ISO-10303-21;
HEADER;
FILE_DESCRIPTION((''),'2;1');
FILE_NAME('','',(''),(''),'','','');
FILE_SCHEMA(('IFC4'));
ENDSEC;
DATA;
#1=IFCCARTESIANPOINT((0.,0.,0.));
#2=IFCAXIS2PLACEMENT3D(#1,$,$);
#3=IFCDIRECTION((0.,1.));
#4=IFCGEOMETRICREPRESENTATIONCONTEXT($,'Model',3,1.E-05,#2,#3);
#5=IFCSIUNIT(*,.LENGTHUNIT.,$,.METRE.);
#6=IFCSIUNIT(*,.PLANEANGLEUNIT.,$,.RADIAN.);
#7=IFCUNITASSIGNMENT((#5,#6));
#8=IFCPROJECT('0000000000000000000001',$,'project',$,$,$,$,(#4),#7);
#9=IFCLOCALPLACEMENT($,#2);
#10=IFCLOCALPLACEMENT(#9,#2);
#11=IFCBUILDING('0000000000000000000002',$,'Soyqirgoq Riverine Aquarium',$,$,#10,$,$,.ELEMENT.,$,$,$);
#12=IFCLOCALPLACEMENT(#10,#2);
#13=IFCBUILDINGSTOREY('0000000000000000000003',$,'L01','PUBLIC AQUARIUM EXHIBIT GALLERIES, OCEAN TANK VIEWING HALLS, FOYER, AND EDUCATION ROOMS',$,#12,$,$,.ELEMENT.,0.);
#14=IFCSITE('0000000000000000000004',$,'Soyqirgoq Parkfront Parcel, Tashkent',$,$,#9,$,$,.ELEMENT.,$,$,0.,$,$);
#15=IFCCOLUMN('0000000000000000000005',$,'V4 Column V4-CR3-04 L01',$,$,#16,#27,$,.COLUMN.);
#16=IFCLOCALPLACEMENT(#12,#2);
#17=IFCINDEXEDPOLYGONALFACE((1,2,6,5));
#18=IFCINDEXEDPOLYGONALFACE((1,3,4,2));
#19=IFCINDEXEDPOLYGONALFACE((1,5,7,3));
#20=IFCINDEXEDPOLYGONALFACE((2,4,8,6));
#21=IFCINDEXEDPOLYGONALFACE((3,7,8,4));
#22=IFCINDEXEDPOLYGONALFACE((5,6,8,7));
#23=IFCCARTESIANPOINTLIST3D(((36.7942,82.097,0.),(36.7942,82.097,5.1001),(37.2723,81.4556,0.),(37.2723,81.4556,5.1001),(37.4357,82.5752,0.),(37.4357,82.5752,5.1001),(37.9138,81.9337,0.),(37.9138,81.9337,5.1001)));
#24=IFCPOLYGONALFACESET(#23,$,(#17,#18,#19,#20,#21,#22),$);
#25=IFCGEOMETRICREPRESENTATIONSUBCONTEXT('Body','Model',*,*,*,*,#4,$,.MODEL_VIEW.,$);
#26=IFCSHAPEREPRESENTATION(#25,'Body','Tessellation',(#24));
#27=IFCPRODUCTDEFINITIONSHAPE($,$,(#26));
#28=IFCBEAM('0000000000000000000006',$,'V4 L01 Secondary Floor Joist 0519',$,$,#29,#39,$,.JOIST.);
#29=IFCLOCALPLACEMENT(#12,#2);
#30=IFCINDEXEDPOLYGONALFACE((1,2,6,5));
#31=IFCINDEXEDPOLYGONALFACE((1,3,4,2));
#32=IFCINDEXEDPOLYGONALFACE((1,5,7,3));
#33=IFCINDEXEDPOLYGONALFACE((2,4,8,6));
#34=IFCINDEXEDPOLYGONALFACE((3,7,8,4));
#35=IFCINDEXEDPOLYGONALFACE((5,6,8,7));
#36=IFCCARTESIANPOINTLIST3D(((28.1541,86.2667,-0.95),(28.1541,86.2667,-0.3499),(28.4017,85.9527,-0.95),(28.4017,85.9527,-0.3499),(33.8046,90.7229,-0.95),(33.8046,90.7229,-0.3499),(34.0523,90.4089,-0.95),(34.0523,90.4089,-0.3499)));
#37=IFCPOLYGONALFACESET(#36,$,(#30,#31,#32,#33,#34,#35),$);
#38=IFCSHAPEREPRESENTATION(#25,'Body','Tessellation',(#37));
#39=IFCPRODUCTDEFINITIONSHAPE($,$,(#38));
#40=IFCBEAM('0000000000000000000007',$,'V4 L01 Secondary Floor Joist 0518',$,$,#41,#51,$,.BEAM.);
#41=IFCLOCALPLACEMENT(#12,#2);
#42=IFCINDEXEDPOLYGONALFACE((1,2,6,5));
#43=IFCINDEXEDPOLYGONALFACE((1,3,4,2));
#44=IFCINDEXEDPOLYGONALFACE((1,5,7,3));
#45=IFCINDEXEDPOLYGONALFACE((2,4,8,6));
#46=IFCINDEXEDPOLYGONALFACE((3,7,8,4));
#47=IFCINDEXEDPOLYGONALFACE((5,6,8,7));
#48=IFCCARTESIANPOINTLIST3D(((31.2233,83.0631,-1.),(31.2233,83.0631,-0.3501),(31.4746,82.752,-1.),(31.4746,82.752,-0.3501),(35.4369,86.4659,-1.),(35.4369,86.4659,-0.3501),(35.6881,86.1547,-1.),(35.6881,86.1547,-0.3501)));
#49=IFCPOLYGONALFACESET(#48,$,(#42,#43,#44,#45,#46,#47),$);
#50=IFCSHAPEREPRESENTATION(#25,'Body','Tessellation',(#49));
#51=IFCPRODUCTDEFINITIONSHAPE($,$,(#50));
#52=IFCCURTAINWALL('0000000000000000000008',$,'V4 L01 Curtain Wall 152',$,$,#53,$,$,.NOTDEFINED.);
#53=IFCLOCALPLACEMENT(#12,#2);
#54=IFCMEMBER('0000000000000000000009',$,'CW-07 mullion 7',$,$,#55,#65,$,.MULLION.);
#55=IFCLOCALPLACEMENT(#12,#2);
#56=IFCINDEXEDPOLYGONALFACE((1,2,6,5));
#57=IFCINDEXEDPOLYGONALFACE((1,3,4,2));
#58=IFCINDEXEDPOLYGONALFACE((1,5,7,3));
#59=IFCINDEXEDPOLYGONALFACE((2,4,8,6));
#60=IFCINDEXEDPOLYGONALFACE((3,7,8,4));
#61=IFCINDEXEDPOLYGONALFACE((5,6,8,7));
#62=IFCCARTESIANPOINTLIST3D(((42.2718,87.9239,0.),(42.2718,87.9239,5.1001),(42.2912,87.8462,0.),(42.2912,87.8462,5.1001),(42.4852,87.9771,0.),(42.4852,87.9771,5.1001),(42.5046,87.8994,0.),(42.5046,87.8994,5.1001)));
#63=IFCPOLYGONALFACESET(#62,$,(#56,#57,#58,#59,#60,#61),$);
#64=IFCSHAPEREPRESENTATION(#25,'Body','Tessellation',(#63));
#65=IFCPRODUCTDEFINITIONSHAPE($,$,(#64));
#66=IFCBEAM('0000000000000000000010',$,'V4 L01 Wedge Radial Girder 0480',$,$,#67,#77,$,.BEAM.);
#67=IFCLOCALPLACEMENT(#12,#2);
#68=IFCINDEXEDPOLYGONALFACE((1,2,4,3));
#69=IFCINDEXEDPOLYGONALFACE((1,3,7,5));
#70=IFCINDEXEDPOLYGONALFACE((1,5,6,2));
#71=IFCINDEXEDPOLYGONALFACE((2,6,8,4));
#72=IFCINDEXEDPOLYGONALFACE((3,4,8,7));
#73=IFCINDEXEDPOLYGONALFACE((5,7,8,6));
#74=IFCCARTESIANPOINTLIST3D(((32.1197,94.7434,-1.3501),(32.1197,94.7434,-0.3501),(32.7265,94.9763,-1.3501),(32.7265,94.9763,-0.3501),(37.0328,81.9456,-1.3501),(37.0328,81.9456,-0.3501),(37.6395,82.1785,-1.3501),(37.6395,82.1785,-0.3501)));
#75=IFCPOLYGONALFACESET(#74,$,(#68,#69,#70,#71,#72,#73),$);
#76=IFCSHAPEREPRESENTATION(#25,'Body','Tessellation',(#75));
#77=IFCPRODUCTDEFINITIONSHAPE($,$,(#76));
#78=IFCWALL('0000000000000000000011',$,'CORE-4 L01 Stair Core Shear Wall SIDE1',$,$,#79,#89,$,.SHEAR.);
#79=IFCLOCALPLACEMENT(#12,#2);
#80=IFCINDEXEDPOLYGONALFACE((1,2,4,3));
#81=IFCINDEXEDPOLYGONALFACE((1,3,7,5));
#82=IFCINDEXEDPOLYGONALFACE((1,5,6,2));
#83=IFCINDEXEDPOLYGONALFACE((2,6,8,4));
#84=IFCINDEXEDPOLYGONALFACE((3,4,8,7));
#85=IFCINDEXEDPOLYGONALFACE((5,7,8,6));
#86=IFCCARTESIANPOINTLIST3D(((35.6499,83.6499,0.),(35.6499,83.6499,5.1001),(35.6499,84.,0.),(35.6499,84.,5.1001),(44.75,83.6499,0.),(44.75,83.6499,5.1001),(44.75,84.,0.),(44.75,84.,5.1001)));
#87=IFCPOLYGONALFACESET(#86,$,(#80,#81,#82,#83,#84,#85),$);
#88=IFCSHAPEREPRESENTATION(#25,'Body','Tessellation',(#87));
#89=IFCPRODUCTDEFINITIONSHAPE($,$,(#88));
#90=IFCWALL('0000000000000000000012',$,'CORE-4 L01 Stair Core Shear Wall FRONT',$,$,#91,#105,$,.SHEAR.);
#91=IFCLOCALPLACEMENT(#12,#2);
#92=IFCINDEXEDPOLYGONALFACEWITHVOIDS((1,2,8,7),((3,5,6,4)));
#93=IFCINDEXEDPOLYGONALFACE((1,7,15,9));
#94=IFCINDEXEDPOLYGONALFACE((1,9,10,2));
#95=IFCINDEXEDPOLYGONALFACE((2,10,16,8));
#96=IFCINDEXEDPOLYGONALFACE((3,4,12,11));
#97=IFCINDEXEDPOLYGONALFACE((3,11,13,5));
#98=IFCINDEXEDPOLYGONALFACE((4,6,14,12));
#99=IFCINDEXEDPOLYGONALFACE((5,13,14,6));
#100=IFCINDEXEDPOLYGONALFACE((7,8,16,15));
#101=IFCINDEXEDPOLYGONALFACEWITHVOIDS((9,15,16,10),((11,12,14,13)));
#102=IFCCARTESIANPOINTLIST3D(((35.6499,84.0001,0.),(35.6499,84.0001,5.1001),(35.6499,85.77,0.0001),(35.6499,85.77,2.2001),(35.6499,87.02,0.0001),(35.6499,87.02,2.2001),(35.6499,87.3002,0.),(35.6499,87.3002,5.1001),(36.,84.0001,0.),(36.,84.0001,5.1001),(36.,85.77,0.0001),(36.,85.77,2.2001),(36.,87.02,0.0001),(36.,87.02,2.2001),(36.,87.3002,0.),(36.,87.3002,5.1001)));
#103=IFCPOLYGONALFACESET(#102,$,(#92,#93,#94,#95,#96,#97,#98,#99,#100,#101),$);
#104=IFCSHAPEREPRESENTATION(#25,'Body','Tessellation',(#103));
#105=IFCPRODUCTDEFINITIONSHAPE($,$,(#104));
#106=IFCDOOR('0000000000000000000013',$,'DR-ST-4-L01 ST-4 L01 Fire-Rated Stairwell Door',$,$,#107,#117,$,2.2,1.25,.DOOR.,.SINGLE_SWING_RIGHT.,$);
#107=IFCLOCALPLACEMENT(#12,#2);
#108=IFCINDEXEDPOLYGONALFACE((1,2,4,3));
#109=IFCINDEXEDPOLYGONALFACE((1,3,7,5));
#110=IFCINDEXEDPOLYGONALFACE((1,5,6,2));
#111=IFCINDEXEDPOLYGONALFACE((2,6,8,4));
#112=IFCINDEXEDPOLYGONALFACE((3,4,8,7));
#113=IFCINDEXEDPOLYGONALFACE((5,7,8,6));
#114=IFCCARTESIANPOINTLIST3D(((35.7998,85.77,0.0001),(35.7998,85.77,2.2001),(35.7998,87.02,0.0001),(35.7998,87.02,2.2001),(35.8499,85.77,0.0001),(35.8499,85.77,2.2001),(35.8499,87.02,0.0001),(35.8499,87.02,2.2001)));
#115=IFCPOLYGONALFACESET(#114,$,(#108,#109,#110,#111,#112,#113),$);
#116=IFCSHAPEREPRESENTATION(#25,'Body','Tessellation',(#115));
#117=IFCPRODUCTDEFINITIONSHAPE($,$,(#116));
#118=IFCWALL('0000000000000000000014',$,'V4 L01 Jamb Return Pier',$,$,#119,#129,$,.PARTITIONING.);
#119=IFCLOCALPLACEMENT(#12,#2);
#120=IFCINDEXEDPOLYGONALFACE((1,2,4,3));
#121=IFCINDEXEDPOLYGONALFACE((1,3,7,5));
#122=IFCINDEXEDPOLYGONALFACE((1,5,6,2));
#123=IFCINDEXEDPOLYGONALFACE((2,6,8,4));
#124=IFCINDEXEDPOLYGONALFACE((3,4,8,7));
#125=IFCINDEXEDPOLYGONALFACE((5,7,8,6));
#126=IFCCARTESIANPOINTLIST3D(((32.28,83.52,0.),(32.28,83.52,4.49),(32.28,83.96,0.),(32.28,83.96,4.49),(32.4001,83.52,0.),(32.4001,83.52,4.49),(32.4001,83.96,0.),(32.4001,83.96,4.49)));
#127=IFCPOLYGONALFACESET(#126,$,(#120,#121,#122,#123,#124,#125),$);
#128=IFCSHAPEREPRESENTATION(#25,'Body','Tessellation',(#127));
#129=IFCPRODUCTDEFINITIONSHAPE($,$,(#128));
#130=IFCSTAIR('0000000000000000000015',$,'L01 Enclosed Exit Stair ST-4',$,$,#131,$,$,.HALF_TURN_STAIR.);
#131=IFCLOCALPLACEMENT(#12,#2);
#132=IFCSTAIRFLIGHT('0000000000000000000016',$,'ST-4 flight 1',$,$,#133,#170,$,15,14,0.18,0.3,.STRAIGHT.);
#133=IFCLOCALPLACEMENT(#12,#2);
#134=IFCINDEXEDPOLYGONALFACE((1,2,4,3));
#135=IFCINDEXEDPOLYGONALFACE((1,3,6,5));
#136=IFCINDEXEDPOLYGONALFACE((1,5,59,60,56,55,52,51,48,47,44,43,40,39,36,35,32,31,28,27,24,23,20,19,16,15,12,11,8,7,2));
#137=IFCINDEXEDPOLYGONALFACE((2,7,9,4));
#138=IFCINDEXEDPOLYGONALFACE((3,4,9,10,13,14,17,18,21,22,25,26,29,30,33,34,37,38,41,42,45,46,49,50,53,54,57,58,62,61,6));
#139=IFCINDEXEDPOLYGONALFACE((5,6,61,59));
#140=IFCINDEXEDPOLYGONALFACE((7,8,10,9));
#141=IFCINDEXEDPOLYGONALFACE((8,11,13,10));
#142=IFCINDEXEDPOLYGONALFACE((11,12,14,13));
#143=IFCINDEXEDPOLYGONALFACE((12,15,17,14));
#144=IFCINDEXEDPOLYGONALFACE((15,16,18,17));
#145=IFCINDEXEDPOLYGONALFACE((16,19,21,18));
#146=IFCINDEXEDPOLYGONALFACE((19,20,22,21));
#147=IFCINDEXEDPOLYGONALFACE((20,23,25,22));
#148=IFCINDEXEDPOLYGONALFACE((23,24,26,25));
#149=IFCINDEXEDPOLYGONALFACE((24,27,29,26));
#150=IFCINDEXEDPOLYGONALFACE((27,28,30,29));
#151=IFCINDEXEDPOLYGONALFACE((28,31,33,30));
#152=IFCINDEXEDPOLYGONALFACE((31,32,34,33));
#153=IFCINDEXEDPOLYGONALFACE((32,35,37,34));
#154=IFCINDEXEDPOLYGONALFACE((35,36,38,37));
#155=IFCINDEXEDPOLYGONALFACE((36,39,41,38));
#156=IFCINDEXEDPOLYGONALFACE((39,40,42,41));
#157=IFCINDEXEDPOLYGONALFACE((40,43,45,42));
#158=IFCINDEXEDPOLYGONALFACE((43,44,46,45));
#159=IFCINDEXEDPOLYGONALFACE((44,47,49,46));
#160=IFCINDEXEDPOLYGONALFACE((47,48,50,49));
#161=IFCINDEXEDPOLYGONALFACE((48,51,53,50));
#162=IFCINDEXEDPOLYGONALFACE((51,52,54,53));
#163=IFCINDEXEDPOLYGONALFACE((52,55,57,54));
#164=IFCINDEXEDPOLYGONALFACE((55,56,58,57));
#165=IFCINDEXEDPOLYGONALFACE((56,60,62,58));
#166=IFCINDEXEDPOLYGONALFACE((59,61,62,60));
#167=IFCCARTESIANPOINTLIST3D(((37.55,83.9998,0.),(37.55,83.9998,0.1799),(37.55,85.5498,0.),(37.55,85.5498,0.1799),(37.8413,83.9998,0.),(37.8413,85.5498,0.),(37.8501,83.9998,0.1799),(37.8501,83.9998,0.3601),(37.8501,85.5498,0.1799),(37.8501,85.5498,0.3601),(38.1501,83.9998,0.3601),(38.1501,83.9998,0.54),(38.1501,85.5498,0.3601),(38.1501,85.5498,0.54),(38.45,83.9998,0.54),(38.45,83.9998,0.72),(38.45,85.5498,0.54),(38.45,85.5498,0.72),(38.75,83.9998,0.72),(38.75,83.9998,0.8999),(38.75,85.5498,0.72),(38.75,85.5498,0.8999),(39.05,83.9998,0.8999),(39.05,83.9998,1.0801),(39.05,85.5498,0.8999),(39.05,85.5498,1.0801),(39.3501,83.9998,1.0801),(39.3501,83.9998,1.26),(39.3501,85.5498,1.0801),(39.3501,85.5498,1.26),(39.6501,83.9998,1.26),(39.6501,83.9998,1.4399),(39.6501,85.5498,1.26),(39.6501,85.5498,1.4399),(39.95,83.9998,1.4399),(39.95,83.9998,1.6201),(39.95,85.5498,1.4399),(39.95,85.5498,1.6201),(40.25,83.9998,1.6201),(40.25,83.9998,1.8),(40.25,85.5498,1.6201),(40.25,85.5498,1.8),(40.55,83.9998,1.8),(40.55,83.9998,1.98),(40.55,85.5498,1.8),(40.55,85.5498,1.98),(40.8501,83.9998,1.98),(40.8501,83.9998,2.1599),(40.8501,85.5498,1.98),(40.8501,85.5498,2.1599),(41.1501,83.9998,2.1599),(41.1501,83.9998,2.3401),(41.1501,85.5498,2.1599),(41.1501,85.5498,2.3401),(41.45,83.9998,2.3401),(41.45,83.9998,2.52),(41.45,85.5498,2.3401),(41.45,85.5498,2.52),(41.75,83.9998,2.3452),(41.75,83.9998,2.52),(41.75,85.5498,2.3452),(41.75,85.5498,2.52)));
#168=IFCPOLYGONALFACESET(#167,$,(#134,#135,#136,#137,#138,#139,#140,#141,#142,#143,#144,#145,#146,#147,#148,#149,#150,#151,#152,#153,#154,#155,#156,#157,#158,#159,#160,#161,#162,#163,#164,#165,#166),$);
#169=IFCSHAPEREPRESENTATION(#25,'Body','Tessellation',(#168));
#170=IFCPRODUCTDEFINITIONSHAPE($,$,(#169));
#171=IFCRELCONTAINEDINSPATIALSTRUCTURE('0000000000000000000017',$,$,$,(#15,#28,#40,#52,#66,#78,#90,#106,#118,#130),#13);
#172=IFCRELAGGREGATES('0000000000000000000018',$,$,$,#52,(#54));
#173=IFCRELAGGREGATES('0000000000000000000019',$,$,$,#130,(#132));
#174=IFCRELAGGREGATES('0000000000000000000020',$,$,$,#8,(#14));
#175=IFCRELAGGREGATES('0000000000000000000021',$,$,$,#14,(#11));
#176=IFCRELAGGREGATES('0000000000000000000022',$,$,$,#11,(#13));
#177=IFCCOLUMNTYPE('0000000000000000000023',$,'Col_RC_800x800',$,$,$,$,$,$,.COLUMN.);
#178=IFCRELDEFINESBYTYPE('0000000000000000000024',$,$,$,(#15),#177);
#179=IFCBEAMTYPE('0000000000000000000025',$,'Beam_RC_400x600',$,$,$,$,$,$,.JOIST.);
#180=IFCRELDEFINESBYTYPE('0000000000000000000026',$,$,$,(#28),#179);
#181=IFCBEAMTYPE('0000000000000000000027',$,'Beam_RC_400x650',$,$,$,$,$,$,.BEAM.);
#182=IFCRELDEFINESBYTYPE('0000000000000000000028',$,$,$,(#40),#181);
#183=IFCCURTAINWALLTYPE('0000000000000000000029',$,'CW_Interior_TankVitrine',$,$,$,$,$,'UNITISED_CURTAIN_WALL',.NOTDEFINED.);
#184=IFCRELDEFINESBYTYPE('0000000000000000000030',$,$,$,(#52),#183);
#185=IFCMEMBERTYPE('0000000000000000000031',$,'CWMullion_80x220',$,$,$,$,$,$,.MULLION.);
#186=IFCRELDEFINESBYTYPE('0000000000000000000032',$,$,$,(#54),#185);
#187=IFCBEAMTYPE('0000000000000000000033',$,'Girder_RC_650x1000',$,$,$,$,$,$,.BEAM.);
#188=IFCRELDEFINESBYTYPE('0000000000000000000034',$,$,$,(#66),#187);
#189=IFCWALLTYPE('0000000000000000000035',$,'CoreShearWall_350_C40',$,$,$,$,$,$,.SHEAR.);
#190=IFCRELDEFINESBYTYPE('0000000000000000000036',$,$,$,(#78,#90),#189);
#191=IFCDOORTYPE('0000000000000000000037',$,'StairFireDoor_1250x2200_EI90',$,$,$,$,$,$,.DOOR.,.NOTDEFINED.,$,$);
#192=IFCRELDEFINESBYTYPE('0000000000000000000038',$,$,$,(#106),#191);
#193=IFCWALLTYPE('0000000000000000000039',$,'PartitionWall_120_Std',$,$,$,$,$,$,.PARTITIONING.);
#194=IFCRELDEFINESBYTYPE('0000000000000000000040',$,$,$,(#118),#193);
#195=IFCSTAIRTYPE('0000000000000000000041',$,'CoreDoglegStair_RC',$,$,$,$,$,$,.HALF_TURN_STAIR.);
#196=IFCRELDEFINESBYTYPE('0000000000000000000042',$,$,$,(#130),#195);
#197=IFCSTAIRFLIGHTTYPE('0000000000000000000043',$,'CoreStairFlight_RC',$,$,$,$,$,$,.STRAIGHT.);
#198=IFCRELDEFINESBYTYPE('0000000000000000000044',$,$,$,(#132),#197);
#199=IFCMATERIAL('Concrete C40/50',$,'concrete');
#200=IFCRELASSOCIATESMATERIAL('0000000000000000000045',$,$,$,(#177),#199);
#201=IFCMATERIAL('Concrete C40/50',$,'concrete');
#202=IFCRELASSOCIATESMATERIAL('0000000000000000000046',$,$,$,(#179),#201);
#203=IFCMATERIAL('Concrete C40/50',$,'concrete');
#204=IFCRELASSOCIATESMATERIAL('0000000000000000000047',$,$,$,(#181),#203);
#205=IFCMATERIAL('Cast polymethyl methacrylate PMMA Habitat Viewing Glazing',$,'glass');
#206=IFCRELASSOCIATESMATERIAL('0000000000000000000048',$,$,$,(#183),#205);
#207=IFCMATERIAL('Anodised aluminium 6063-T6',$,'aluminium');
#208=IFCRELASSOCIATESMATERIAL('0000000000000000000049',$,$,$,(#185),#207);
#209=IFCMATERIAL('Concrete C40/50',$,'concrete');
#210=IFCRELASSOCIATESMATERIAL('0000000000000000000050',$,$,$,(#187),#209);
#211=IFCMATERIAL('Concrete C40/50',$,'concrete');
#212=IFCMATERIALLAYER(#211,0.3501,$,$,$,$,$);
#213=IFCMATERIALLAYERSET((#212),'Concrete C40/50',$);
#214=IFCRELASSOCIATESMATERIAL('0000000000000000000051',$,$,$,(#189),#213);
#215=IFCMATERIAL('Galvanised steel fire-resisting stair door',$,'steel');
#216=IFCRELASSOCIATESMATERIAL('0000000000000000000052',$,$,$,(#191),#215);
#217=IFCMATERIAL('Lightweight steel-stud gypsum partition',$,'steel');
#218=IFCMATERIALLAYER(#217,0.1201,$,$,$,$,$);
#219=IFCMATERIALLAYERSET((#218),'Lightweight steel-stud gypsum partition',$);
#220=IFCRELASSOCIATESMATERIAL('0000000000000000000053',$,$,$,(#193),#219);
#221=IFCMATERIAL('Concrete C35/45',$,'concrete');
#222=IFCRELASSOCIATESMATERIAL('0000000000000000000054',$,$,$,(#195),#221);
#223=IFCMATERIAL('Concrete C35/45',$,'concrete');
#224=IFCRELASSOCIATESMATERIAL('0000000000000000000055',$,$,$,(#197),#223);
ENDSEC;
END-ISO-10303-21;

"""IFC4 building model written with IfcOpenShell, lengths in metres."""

from ifc_helpers import new_model, si_unit, direction, frame, frame_2d, origin, origin_2d, place, context, subcontext, project, spatial, polyline, rectangle, outline, extrude, material, layer, layer_set, material_profile, profile_set, type_object, element, fill, aggregate, save


model = new_model("IFC4")

# Units and contexts
model_context = context("Model", 3, precision=1e-05, world=origin(), true_north=direction((0.0, 1.0)))
body_context = subcontext(model_context, "Body", "Model", "MODEL_VIEW")
ifc_project = project(units=[si_unit("LENGTHUNIT", "METRE"), si_unit("PLANEANGLEUNIT", "RADIAN")], contexts=[model_context])

# Site, building, storey
site_placement = place(None, origin())
site = spatial("IfcSite", under=ifc_project, at=site_placement, Name="Soyqirgoq Parkfront Parcel, Tashkent", CompositionType="ELEMENT", RefElevation=0.0)
building_placement = place(site_placement, origin())
building = spatial("IfcBuilding", under=site, at=building_placement, Name="Soyqirgoq Riverine Aquarium", CompositionType="ELEMENT")
storey_placement = place(building_placement, origin())
storey = spatial("IfcBuildingStorey", under=building, at=storey_placement, Name="L01", Description="PUBLIC AQUARIUM EXHIBIT GALLERIES, OCEAN TANK VIEWING HALLS, FOYER, AND EDUCATION ROOMS", CompositionType="ELEMENT", Elevation=0.0)

# Column
ifc_material_1 = material(Name="Concrete C40/50", Category="concrete")
ifc_material_profile_1 = material_profile(ifc_material_1, rectangle(XDim=0.8, YDim=0.8, at=origin_2d()), Name="RC 800x800")
ifc_profile_set_1 = profile_set([ifc_material_profile_1], Name="Concrete C40/50")
column_type = type_object("IfcColumnType", Name="Col_RC_800x800", PredefinedType="COLUMN", material=ifc_profile_set_1)
column_placement = place(storey_placement, frame((37.354, 82.0154, 0.0), z_axis=(0.0, 0.0, 1.0), x_axis=(-0.597625, 0.801776, 0.0)))
element("IfcColumn", 1, at=column_placement, inside=storey, type_object=column_type, Name="V4 Column V4-CR3-04 L01", PredefinedType="COLUMN", context=body_context, shape_type="SweptSolid", body=[
    extrude(rectangle(XDim=0.8, YDim=0.8, at=origin_2d()), origin(), (0.0, 0.0, 1.0), 5.1001),
])

# Beams
ifc_material_2 = material(Name="Concrete C40/50", Category="concrete")
ifc_material_profile_2 = material_profile(ifc_material_2, rectangle(XDim=0.3999, YDim=0.6001, at=origin_2d()), Name="RC 400x600")
ifc_profile_set_2 = profile_set([ifc_material_profile_2], Name="Concrete C40/50")
beam_type_1 = type_object("IfcBeamType", Name="Beam_RC_400x600", PredefinedType="JOIST", material=ifc_profile_set_2)
beam_1_placement = place(storey_placement, frame((33.9285, 90.5659, -0.6499), z_axis=(-0.785202, -0.619239, 0.0), x_axis=(0.619239, -0.785202, 0.0)))
element("IfcBeam", 2, at=beam_1_placement, inside=storey, type_object=beam_type_1, Name="V4 L01 Secondary Floor Joist 0519", PredefinedType="JOIST", context=body_context, shape_type="SweptSolid", body=[
    extrude(rectangle(XDim=0.3999, YDim=0.6001, at=origin_2d()), origin(), (0.0, 0.0, 1.0), 7.1963),
])
ifc_material_3 = material(Name="Concrete C40/50", Category="concrete")
ifc_material_profile_3 = material_profile(ifc_material_3, rectangle(XDim=0.3999, YDim=0.6499, at=origin_2d()), Name="RC 400x650")
ifc_profile_set_3 = profile_set([ifc_material_profile_3], Name="Concrete C40/50")
beam_type_2 = type_object("IfcBeamType", Name="Beam_RC_400x650", PredefinedType="BEAM", material=ifc_profile_set_3)
beam_2_placement = place(storey_placement, frame((35.5625, 86.3103, -0.675), z_axis=(-0.777984, -0.628284, 0.0), x_axis=(0.628284, -0.777984, 0.0)))
element("IfcBeam", 3, at=beam_2_placement, inside=storey, type_object=beam_type_2, Name="V4 L01 Secondary Floor Joist 0518", PredefinedType="BEAM", context=body_context, shape_type="SweptSolid", body=[
    extrude(rectangle(XDim=0.3999, YDim=0.6499, at=origin_2d()), origin(), (0.0, 0.0, 1.0), 5.416),
])

# Curtain wall, member
ifc_material_4 = material(Name="Cast polymethyl methacrylate PMMA Habitat Viewing Glazing", Category="glass")
curtain_wall_type = type_object("IfcCurtainWallType", Name="CW_Interior_TankVitrine", ElementType="UNITISED_CURTAIN_WALL", PredefinedType="NOTDEFINED", material=ifc_material_4)
curtain_wall_placement = place(storey_placement, origin())
curtain_wall = element("IfcCurtainWall", 4, at=curtain_wall_placement, inside=storey, type_object=curtain_wall_type, Name="V4 L01 Curtain Wall 152", PredefinedType="NOTDEFINED")
ifc_material_5 = material(Name="Anodised aluminium 6063-T6", Category="aluminium")
ifc_material_profile_4 = material_profile(ifc_material_5, rectangle(XDim=0.0801, YDim=0.22, at=origin_2d()), Name="ALU-M 80x220")
ifc_profile_set_4 = profile_set([ifc_material_profile_4], Name="Anodised aluminium 6063-T6")
member_type = type_object("IfcMemberType", Name="CWMullion_80x220", PredefinedType="MULLION", material=ifc_profile_set_4)
member_placement = place(storey_placement, frame((42.3882, 87.9116, 0.0), z_axis=(0.0, 0.0, 1.0), x_axis=(0.241926, -0.970295, 0.0)))
member = element("IfcMember", 5, at=member_placement, type_object=member_type, Name="CW-07 mullion 7", PredefinedType="MULLION", context=body_context, shape_type="SweptSolid", body=[
    extrude(rectangle(XDim=0.0801, YDim=0.22, at=origin_2d()), origin(), (0.0, 0.0, 1.0), 5.1001),
])
aggregate(curtain_wall, [member])

# Beam
ifc_material_6 = material(Name="Concrete C40/50", Category="concrete")
ifc_material_profile_5 = material_profile(ifc_material_6, rectangle(XDim=0.6499, YDim=1.0, at=origin_2d()), Name="RC 650x1000")
ifc_profile_set_5 = profile_set([ifc_material_profile_5], Name="Concrete C40/50")
beam_type_3 = type_object("IfcBeamType", Name="Girder_RC_650x1000", PredefinedType="BEAM", material=ifc_profile_set_5)
beam_3_placement = place(storey_placement, frame((37.3362, 82.062, -0.8501), z_axis=(-0.358397, 0.933569, 0.0), x_axis=(-0.933569, -0.358397, 0.0)))
element("IfcBeam", 6, at=beam_3_placement, inside=storey, type_object=beam_type_3, Name="V4 L01 Wedge Radial Girder 0480", PredefinedType="BEAM", context=body_context, shape_type="SweptSolid", body=[
    extrude(rectangle(XDim=0.6499, YDim=1.0, at=origin_2d()), origin(), (0.0, 0.0, 1.0), 13.7085),
])

# Wall
ifc_material_7 = material(Name="Concrete C40/50", Category="concrete")
ifc_layer_1 = layer(ifc_material_7, 0.3501)
ifc_layer_set_1 = layer_set([ifc_layer_1], Name="Concrete C40/50")
wall_type_1 = type_object("IfcWallType", Name="CoreShearWall_350_C40", PredefinedType="SHEAR", material=ifc_layer_set_1)
wall_1_placement = place(storey_placement, frame((35.6499, 83.825, 0.0), z_axis=(0.0, 0.0, 1.0), x_axis=(1.0, 0.0, 0.0)))
element("IfcWall", 7, at=wall_1_placement, inside=storey, type_object=wall_type_1, Name="CORE-4 L01 Stair Core Shear Wall SIDE1", PredefinedType="SHEAR", context=body_context, shape_type="SweptSolid", body=[
    extrude(rectangle(XDim=9.1001, YDim=0.3501, at=frame_2d((4.55, 0.0))), origin(), (0.0, 0.0, 1.0), 5.1001),
])

# Wall, opening, door
wall_2_placement = place(storey_placement, frame((35.825, 87.3, 0.0), z_axis=(0.0, 0.0, 1.0), x_axis=(0.0, -1.0, 0.0)))
wall_2 = element("IfcWall", 8, at=wall_2_placement, inside=storey, type_object=wall_type_1, Name="CORE-4 L01 Stair Core Shear Wall FRONT", PredefinedType="SHEAR", context=body_context, shape_type="SweptSolid", body=[
    extrude(rectangle(XDim=3.3, YDim=0.3501, at=frame_2d((1.6499, 0.0))), origin(), (0.0, 0.0, 1.0), 5.1001),
])
opening_1_placement = place(wall_2_placement, frame((0.28, 0.0, 0.0)))
opening_1 = element("IfcOpeningElement", 9, at=opening_1_placement, cuts=wall_2, PredefinedType="OPENING", context=body_context, shape_type="SweptSolid", body=[
    extrude(rectangle(XDim=1.25, YDim=2.2, at=frame_2d((0.625, 1.1001))), frame((0.0, 0.1851, 0.0), z_axis=(0.0, -1.0, 0.0), x_axis=(1.0, 0.0, 0.0)), (0.0, 0.0, 1.0), 0.3701),
])
ifc_material_8 = material(Name="Galvanised steel fire-resisting stair door", Category="steel")
door_type_1 = type_object("IfcDoorType", Name="StairFireDoor_1250x2200_EI90", OperationType="NOTDEFINED", PredefinedType="DOOR", material=ifc_material_8)
door_1_placement = place(opening_1_placement, origin())
door_1 = element("IfcDoor", 10, at=door_1_placement, inside=storey, type_object=door_type_1, Name="DR-ST-4-L01 ST-4 L01 Fire-Rated Stairwell Door", OperationType="SINGLE_SWING_RIGHT", OverallHeight=2.2, OverallWidth=1.25, PredefinedType="DOOR", context=body_context, shape_type="SweptSolid", body=[
    extrude(rectangle(XDim=1.25, YDim=2.2, at=frame_2d((0.625, 1.1001))), frame((0.0, 0.0249, 0.0), z_axis=(0.0, -1.0, 0.0), x_axis=(1.0, 0.0, 0.0)), (0.0, 0.0, 1.0), 0.05),
])
fill(opening_1, door_1)

# Wall
ifc_material_9 = material(Name="Lightweight steel-stud gypsum partition", Category="steel")
ifc_layer_2 = layer(ifc_material_9, 0.1201)
ifc_layer_set_2 = layer_set([ifc_layer_2], Name="Lightweight steel-stud gypsum partition")
wall_type_2 = type_object("IfcWallType", Name="PartitionWall_120_Std", PredefinedType="PARTITIONING", material=ifc_layer_set_2)
wall_3_placement = place(storey_placement, frame((32.3401, 83.96, 0.0), z_axis=(0.0, 0.0, 1.0), x_axis=(0.0, -1.0, 0.0)))
element("IfcWall", 11, at=wall_3_placement, inside=storey, type_object=wall_type_2, Name="V4 L01 Jamb Return Pier", PredefinedType="PARTITIONING", context=body_context, shape_type="SweptSolid", body=[
    extrude(rectangle(XDim=0.4399, YDim=0.1201, at=frame_2d((0.22, 0.0))), origin(), (0.0, 0.0, 1.0), 4.49),
])

# Stair, stair flight
ifc_material_10 = material(Name="Concrete C35/45", Category="concrete")
stair_type = type_object("IfcStairType", Name="CoreDoglegStair_RC", PredefinedType="HALF_TURN_STAIR", material=ifc_material_10)
stair_placement = place(storey_placement, origin())
stair = element("IfcStair", 12, at=stair_placement, inside=storey, type_object=stair_type, Name="L01 Enclosed Exit Stair ST-4", PredefinedType="HALF_TURN_STAIR")
ifc_material_11 = material(Name="Concrete C35/45", Category="concrete")
stair_flight_type = type_object("IfcStairFlightType", Name="CoreStairFlight_RC", PredefinedType="STRAIGHT", material=ifc_material_11)
stair_flight_1_placement = place(storey_placement, frame((37.55, 84.7749, 0.0), z_axis=(0.0, 0.0, 1.0), x_axis=(1.0, 0.0, 0.0)))
stair_flight_1 = element("IfcStairFlight", 13, at=stair_flight_1_placement, type_object=stair_flight_type, Name="ST-4 flight 1", NumberOfRisers=15, NumberOfTreads=14, PredefinedType="STRAIGHT", RiserHeight=0.18, TreadLength=0.3, context=body_context, shape_type="SweptSolid", body=[
    extrude(outline(polyline([(0.0, 0.0), (0.0, 0.1799), (0.3, 0.1799), (0.3, 0.3601), (0.6001, 0.3601), (0.6001, 0.54), (0.8999, 0.54), (0.8999, 0.72), (1.2, 0.72), (1.2, 0.8999), (1.5, 0.8999), (1.5, 1.0801), (1.8, 1.0801), (1.8, 1.26), (2.1001, 1.26), (2.1001, 1.4399), (2.3999, 1.4399), (2.3999, 1.6201), (2.7, 1.6201), (2.7, 1.8), (3.0, 1.8), (3.0, 1.98), (3.3, 1.98), (3.3, 2.1599), (3.6001, 2.1599), (3.6001, 2.3401), (3.8999, 2.3401), (3.8999, 2.52), (4.2, 2.52), (4.2, 2.7), (4.2, 2.3452), (0.2913, 0.0), (0.0, 0.0)])), frame((0.0, 0.7749, 0.0), z_axis=(0.0, -1.0, 0.0), x_axis=(1.0, 0.0, 0.0)), (0.0, 0.0, 1.0), 1.55),
])
aggregate(stair, [stair_flight_1])

save(model, "model.ifc")
